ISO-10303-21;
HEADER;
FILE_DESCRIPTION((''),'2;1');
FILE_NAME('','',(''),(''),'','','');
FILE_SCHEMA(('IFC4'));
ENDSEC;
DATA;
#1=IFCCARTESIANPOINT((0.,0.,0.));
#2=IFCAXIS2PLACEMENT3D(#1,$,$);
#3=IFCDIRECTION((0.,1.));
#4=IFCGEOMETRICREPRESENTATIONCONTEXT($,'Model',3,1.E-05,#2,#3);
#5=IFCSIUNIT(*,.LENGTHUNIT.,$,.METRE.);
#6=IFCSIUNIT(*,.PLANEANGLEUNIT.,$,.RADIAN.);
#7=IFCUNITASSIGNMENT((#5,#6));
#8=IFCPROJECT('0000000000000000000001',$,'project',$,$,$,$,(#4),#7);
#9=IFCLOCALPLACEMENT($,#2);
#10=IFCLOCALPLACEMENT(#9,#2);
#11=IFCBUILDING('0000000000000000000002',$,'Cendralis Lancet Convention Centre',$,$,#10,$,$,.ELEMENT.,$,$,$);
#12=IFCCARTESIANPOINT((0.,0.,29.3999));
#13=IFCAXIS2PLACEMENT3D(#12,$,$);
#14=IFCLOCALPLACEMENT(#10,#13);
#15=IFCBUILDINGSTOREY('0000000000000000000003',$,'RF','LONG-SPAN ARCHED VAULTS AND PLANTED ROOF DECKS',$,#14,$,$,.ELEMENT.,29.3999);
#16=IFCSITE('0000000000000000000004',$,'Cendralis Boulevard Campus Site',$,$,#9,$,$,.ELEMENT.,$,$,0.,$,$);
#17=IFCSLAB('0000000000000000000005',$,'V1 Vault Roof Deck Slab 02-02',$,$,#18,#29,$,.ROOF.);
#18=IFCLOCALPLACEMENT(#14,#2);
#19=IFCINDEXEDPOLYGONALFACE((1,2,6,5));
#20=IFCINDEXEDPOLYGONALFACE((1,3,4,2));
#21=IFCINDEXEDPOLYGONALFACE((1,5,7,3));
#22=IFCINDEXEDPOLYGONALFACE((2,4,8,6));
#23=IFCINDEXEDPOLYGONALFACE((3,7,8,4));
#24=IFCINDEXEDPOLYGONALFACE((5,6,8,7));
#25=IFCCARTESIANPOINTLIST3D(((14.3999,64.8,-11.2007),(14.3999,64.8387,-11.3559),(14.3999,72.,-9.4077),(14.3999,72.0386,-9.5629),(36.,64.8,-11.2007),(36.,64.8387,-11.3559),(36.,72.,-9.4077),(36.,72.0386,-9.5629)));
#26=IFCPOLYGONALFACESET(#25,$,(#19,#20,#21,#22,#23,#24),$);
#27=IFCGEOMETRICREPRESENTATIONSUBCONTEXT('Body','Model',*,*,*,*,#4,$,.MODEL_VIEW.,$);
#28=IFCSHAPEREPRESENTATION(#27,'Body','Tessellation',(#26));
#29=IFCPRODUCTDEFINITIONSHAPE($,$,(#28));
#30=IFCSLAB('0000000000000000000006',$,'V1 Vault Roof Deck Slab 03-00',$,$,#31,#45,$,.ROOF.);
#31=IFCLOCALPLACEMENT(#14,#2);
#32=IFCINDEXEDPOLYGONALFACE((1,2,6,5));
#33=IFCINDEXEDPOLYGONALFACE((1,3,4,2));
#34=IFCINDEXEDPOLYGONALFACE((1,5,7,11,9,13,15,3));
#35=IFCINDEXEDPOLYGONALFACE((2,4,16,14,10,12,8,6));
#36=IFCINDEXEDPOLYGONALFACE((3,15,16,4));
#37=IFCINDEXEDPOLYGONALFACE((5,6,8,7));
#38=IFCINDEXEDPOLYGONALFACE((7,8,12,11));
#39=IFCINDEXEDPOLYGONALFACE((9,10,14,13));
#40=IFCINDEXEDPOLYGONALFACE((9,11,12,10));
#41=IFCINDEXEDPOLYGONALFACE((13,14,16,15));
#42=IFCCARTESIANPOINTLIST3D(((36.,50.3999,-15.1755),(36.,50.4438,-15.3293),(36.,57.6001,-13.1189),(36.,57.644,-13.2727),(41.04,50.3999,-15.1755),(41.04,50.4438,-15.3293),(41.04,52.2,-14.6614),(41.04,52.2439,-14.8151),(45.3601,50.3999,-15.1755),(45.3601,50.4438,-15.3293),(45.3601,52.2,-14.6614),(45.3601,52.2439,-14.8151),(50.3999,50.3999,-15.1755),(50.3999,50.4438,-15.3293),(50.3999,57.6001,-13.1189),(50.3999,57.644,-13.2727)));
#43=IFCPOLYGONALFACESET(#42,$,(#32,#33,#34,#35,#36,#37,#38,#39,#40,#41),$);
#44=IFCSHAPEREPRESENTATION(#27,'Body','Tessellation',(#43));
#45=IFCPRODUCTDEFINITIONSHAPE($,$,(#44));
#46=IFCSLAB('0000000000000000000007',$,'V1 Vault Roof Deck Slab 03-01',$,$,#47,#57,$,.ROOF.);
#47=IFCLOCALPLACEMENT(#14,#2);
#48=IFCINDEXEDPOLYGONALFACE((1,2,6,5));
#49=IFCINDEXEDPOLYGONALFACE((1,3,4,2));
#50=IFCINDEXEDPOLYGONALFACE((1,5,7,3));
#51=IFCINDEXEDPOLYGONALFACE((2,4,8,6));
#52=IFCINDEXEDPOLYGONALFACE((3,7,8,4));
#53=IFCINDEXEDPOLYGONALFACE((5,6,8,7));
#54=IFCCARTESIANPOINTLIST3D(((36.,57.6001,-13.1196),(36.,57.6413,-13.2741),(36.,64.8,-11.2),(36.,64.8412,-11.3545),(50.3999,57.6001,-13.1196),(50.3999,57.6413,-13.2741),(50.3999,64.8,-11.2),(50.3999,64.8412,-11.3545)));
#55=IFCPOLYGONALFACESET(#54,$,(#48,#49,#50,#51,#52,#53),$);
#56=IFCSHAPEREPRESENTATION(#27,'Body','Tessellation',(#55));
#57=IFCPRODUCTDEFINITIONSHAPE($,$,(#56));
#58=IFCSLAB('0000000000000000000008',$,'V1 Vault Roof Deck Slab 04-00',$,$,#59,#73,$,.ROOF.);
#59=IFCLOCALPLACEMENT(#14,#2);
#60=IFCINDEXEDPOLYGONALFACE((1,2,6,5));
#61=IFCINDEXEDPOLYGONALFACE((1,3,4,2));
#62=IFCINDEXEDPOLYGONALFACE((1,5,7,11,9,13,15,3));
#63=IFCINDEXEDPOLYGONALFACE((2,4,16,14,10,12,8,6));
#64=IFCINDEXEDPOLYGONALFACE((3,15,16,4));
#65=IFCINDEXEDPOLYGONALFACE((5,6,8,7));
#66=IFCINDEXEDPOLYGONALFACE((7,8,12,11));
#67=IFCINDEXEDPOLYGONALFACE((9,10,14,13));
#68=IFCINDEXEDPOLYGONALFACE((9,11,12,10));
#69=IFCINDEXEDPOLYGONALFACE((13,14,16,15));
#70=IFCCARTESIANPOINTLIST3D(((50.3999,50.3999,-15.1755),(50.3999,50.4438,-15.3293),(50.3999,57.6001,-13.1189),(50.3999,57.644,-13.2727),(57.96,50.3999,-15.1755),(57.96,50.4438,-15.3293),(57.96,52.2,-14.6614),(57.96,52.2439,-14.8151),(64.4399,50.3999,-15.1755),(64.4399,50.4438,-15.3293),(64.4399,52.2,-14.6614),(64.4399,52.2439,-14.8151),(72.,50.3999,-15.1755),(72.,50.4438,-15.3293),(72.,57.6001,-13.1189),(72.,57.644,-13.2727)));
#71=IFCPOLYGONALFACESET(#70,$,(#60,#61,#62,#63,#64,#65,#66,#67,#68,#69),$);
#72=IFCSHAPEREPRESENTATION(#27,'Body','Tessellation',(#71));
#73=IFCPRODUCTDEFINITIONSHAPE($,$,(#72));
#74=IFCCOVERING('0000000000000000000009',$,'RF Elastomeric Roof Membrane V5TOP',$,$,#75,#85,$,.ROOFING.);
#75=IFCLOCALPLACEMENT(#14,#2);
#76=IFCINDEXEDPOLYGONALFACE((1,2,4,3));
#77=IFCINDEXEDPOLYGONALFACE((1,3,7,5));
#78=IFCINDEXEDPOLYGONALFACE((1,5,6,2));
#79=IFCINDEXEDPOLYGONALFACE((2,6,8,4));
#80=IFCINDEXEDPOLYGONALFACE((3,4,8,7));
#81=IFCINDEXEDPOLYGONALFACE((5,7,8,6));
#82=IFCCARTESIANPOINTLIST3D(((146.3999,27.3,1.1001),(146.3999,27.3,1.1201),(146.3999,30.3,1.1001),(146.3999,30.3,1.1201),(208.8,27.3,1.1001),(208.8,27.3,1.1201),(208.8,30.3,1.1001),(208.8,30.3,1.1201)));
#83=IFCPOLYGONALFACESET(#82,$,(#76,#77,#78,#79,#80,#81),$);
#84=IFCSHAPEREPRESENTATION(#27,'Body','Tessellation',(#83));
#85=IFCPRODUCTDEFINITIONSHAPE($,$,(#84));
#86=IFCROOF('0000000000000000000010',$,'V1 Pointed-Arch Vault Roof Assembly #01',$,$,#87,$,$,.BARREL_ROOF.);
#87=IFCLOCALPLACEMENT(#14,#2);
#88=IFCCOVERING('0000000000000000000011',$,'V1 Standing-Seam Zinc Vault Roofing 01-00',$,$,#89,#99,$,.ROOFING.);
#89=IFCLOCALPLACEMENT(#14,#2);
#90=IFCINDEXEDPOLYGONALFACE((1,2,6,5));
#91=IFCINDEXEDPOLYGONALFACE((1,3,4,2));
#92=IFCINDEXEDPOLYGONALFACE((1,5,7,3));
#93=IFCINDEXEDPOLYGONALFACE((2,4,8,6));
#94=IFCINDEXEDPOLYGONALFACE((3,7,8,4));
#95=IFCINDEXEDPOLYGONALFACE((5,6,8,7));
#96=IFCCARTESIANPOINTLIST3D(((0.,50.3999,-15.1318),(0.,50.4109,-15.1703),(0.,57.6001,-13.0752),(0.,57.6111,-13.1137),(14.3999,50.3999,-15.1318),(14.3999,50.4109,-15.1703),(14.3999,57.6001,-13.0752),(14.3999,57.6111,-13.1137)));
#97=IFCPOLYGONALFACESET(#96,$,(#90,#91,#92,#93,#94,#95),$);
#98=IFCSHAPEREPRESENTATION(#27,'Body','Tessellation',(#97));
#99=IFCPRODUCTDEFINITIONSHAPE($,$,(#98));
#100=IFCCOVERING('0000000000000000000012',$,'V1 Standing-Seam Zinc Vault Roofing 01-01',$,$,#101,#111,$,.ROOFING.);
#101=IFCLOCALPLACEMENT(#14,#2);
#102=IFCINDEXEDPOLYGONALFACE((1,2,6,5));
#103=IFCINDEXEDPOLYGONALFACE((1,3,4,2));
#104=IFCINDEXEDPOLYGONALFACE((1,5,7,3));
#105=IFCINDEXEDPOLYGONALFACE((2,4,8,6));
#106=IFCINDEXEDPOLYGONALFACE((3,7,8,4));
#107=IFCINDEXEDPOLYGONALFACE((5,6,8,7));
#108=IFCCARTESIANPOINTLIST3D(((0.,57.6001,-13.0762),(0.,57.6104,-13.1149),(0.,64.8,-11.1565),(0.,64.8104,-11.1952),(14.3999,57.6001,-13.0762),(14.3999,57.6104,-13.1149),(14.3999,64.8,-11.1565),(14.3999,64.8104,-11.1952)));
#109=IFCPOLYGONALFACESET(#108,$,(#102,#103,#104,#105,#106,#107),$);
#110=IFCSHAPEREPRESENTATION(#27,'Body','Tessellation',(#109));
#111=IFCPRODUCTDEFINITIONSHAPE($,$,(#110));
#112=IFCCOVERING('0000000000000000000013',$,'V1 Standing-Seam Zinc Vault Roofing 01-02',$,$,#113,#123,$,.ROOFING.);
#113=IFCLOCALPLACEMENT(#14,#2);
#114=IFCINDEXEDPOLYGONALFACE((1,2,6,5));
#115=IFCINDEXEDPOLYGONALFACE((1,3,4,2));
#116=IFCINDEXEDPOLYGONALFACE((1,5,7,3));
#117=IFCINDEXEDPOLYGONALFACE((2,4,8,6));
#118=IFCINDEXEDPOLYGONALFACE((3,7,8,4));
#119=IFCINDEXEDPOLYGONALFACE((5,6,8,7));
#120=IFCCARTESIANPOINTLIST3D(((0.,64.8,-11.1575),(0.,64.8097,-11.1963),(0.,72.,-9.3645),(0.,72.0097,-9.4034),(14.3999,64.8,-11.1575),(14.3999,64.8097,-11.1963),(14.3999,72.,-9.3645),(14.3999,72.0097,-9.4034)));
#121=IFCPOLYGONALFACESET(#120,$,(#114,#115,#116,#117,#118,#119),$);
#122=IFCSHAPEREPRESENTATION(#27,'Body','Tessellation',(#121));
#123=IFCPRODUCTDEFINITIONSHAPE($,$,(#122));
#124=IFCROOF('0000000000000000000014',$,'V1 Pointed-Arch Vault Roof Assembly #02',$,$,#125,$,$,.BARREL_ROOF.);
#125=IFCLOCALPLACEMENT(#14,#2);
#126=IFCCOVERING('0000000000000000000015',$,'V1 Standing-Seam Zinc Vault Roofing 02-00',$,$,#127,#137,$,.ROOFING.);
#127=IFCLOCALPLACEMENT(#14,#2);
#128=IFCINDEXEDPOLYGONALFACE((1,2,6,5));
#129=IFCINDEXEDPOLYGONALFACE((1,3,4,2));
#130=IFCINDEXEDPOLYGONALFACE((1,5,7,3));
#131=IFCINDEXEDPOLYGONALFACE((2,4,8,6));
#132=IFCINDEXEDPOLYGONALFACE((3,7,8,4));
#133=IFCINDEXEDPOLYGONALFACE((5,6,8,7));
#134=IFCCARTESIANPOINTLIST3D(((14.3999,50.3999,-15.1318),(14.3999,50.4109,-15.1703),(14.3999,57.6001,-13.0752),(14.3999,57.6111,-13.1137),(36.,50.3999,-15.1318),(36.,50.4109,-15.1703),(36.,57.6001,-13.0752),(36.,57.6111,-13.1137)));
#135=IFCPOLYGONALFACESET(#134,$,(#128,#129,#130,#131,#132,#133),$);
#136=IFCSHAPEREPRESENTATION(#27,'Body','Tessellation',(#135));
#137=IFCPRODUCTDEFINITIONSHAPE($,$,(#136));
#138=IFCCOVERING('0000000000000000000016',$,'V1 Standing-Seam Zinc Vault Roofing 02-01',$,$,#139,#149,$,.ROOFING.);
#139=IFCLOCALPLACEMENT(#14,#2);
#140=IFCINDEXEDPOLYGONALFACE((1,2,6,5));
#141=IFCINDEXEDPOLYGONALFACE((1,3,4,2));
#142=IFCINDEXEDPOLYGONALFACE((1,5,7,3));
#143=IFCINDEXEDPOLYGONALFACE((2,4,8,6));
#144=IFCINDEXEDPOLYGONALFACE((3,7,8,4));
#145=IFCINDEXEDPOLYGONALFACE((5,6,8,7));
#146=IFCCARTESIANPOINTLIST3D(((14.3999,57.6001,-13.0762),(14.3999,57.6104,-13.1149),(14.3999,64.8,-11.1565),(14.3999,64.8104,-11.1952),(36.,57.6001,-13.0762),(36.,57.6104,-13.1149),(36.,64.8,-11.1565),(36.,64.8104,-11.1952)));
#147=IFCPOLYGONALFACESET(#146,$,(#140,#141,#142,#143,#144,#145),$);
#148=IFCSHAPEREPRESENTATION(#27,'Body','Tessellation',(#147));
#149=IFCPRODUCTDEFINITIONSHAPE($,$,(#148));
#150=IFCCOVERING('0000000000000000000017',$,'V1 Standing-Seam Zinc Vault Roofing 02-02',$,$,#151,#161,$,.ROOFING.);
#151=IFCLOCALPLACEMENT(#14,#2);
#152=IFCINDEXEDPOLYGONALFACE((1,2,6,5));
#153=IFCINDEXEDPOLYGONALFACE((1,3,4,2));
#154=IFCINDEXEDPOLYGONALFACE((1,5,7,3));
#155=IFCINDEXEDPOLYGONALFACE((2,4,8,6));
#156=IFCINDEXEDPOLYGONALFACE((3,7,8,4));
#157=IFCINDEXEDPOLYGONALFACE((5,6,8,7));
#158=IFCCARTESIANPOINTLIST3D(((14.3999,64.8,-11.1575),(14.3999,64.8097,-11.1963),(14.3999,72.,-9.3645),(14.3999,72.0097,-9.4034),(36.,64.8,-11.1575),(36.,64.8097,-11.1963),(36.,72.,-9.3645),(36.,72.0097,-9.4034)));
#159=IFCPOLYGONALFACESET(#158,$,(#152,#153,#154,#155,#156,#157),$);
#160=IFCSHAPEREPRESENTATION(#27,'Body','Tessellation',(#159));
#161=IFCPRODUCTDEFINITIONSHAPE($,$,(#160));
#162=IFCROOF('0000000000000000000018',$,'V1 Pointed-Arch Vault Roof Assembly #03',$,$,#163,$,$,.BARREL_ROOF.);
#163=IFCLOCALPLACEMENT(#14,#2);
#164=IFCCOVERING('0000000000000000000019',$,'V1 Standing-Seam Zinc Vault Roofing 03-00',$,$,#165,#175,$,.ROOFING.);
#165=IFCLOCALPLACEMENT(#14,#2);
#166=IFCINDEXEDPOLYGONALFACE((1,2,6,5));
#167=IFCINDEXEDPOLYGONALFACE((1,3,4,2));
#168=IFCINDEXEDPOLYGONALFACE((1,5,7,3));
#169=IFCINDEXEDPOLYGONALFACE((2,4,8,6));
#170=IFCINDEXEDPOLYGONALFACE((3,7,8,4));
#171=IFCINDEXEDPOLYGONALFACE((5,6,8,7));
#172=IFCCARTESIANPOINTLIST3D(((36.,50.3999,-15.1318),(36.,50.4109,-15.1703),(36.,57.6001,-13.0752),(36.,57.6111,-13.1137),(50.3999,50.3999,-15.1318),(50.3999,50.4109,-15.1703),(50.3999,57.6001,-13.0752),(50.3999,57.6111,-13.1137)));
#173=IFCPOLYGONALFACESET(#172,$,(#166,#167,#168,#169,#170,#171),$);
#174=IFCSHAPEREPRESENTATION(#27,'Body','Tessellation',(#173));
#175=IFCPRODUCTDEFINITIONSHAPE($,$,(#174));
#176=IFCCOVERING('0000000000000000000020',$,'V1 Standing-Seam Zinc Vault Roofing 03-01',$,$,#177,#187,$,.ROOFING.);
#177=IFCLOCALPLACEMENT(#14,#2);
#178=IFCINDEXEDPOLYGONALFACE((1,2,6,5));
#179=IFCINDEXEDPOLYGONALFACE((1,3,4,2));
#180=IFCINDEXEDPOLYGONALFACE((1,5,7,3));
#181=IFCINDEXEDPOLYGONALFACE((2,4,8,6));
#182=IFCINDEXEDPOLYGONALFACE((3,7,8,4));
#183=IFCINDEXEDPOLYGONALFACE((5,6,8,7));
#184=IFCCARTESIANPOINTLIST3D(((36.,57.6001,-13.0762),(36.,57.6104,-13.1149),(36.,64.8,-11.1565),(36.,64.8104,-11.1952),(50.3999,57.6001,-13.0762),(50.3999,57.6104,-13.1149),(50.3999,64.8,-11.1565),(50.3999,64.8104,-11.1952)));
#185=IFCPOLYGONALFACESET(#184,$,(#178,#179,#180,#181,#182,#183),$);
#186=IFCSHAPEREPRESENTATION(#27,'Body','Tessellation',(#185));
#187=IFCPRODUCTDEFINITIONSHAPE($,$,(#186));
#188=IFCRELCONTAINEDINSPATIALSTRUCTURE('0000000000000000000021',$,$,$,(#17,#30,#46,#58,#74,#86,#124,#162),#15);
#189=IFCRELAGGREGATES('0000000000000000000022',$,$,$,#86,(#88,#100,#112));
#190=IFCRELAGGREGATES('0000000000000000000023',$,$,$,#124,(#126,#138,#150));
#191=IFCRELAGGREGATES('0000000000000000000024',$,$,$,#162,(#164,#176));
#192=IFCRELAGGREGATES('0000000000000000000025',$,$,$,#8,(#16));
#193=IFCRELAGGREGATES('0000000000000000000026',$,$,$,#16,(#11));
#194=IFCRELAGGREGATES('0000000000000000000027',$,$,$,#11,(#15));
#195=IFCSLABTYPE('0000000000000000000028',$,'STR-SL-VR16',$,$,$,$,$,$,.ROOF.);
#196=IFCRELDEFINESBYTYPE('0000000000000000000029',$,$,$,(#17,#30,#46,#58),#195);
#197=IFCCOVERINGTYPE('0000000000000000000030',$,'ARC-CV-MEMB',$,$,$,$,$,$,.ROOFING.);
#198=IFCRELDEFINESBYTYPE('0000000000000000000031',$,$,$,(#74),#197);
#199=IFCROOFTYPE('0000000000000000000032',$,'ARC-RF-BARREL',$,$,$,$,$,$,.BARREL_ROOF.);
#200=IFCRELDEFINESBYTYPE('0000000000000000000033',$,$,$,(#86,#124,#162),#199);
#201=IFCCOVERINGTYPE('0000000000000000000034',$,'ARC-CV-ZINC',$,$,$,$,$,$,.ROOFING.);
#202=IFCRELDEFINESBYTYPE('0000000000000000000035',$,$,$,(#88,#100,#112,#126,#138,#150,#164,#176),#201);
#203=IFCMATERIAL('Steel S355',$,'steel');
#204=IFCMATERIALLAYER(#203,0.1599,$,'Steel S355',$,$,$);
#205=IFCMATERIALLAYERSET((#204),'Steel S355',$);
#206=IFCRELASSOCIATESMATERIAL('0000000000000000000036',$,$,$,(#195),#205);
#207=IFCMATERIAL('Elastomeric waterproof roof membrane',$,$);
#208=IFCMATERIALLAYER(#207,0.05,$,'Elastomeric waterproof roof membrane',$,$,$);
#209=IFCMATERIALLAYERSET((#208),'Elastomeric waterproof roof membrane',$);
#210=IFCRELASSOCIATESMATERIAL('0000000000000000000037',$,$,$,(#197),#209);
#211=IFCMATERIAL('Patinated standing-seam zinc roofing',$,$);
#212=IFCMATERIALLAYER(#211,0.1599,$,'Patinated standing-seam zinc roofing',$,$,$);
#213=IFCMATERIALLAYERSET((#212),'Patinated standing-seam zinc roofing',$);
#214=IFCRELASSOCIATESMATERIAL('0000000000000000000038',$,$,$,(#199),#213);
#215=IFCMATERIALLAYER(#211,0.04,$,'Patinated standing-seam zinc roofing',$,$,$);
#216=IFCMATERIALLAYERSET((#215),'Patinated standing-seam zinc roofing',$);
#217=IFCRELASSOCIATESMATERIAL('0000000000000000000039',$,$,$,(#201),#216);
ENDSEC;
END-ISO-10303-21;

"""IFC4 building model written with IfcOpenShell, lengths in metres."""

from ifc_helpers import new_model, si_unit, direction, frame, origin, place, context, subcontext, project, spatial, polyline, outline, extrude, material, layer, layer_set, type_object, element, aggregate, save


model = new_model("IFC4")

# Units and contexts
model_context = context("Model", 3, precision=1e-05, world=origin(), true_north=direction((0.0, 1.0)))
body_context = subcontext(model_context, "Body", "Model", "MODEL_VIEW")
ifc_project = project(units=[si_unit("LENGTHUNIT", "METRE"), si_unit("PLANEANGLEUNIT", "RADIAN")], contexts=[model_context])

# Site, building, storey
site_placement = place(None, origin())
site = spatial("IfcSite", under=ifc_project, at=site_placement, Name="Cendralis Boulevard Campus Site", CompositionType="ELEMENT", RefElevation=0.0)
building_placement = place(site_placement, origin())
building = spatial("IfcBuilding", under=site, at=building_placement, Name="Cendralis Lancet Convention Centre", CompositionType="ELEMENT")
storey_placement = place(building_placement, frame((0.0, 0.0, 29.3999)))
storey = spatial("IfcBuildingStorey", under=building, at=storey_placement, Name="RF", Description="LONG-SPAN ARCHED VAULTS AND PLANTED ROOF DECKS", CompositionType="ELEMENT", Elevation=29.3999)

# Slabs
ifc_material_1 = material(Name="Steel S355", Category="steel")
ifc_layer_1 = layer(ifc_material_1, 0.1599, Name="Steel S355")
ifc_layer_set_1 = layer_set([ifc_layer_1], Name="Steel S355")
slab_type_1 = type_object("IfcSlabType", Name="STR-SL-VR16", PredefinedType="ROOF", material=ifc_layer_set_1)
slab_1_placement = place(storey_placement, frame((14.3999, 64.8, -11.2007), z_axis=(0.0, -0.241645, 0.970365), x_axis=(1.0, 0.0, 0.0)))
element("IfcSlab", 1, at=slab_1_placement, inside=storey, type_object=slab_type_1, Name="V1 Vault Roof Deck Slab 02-02", PredefinedType="ROOF", context=body_context, shape_type="SweptSolid", body=[
    extrude(outline(polyline([(0.0, 0.0), (21.6001, 0.0), (21.6001, 7.4198), (0.0, 7.4198), (0.0, 0.0)])), origin(), (0.0, 0.0, -1.0), 0.1599),
])
slab_2_placement = place(storey_placement, frame((36.0, 50.3999, -15.1755), z_axis=(0.0, -0.274652, 0.961544), x_axis=(1.0, 0.0, 0.0)))
element("IfcSlab", 2, at=slab_2_placement, inside=storey, type_object=slab_type_1, Name="V1 Vault Roof Deck Slab 03-00", PredefinedType="ROOF", context=body_context, shape_type="SweptSolid", body=[
    extrude(outline(polyline([(0.0, 0.0), (5.04, 0.0), (5.04, 1.872), (9.3601, 1.872), (9.3601, 0.0), (14.3999, 0.0), (14.3999, 7.4882), (0.0, 7.4882), (0.0, 0.0)])), origin(), (0.0, 0.0, -1.0), 0.1599),
])
slab_3_placement = place(storey_placement, frame((36.0, 57.6001, -13.1196), z_axis=(0.0, -0.257624, 0.966245), x_axis=(1.0, 0.0, 0.0)))
element("IfcSlab", 3, at=slab_3_placement, inside=storey, type_object=slab_type_1, Name="V1 Vault Roof Deck Slab 03-01", PredefinedType="ROOF", context=body_context, shape_type="SweptSolid", body=[
    extrude(outline(polyline([(0.0, 0.0), (14.3999, 0.0), (14.3999, 7.4515), (0.0, 7.4515), (0.0, 0.0)])), origin(), (0.0, 0.0, -1.0), 0.1599),
])
slab_4_placement = place(storey_placement, frame((50.3999, 50.3999, -15.1755), z_axis=(0.0, -0.274652, 0.961544), x_axis=(1.0, 0.0, 0.0)))
element("IfcSlab", 4, at=slab_4_placement, inside=storey, type_object=slab_type_1, Name="V1 Vault Roof Deck Slab 04-00", PredefinedType="ROOF", context=body_context, shape_type="SweptSolid", body=[
    extrude(outline(polyline([(0.0, 0.0), (7.5601, 0.0), (7.5601, 1.872), (14.04, 1.872), (14.04, 0.0), (21.6001, 0.0), (21.6001, 7.4882), (0.0, 7.4882), (0.0, 0.0)])), origin(), (0.0, 0.0, -1.0), 0.1599),
])

# Covering
ifc_material_2 = material(Name="Elastomeric waterproof roof membrane")
ifc_layer_2 = layer(ifc_material_2, 0.05, Name="Elastomeric waterproof roof membrane")
ifc_layer_set_2 = layer_set([ifc_layer_2], Name="Elastomeric waterproof roof membrane")
covering_type_1 = type_object("IfcCoveringType", Name="ARC-CV-MEMB", PredefinedType="ROOFING", material=ifc_layer_set_2)
covering_1_placement = place(storey_placement, frame((0.0, 0.0, 1.1001)))
element("IfcCovering", 5, at=covering_1_placement, inside=storey, type_object=covering_type_1, Name="RF Elastomeric Roof Membrane V5TOP", PredefinedType="ROOFING", context=body_context, shape_type="SweptSolid", body=[
    extrude(outline(polyline([(146.3999, 27.3), (208.8, 27.3), (208.8, 30.3), (146.3999, 30.3), (146.3999, 27.3)])), origin(), (0.0, 0.0, 1.0), 0.02),
])

# Roofs, coverings
ifc_material_3 = material(Name="Patinated standing-seam zinc roofing")
ifc_layer_3 = layer(ifc_material_3, 0.1599, Name="Patinated standing-seam zinc roofing")
ifc_layer_set_3 = layer_set([ifc_layer_3], Name="Patinated standing-seam zinc roofing")
roof_type = type_object("IfcRoofType", Name="ARC-RF-BARREL", PredefinedType="BARREL_ROOF", material=ifc_layer_set_3)
roof_1_placement = place(storey_placement, origin())
roof_1 = element("IfcRoof", 6, at=roof_1_placement, inside=storey, type_object=roof_type, Name="V1 Pointed-Arch Vault Roof Assembly #01", PredefinedType="BARREL_ROOF")
ifc_layer_4 = layer(ifc_material_3, 0.04, Name="Patinated standing-seam zinc roofing")
ifc_layer_set_4 = layer_set([ifc_layer_4], Name="Patinated standing-seam zinc roofing")
covering_type_2 = type_object("IfcCoveringType", Name="ARC-CV-ZINC", PredefinedType="ROOFING", material=ifc_layer_set_4)
covering_2_placement = place(storey_placement, frame((0.0, 50.3999, -15.1318), z_axis=(0.0, -0.274652, 0.961544), x_axis=(1.0, 0.0, 0.0)))
covering_2 = element("IfcCovering", 7, at=covering_2_placement, type_object=covering_type_2, Name="V1 Standing-Seam Zinc Vault Roofing 01-00", PredefinedType="ROOFING", context=body_context, shape_type="SweptSolid", body=[
    extrude(outline(polyline([(0.0, 0.0), (14.3999, 0.0), (14.3999, 7.4882), (0.0, 7.4882), (0.0, 0.0)])), origin(), (0.0, 0.0, -1.0), 0.04),
])
covering_3_placement = place(storey_placement, frame((0.0, 57.6001, -13.0762), z_axis=(0.0, -0.257624, 0.966245), x_axis=(1.0, 0.0, 0.0)))
covering_3 = element("IfcCovering", 8, at=covering_3_placement, type_object=covering_type_2, Name="V1 Standing-Seam Zinc Vault Roofing 01-01", PredefinedType="ROOFING", context=body_context, shape_type="SweptSolid", body=[
    extrude(outline(polyline([(0.0, 0.0), (14.3999, 0.0), (14.3999, 7.4515), (0.0, 7.4515), (0.0, 0.0)])), origin(), (0.0, 0.0, -1.0), 0.04),
])
covering_4_placement = place(storey_placement, frame((0.0, 64.8, -11.1575), z_axis=(0.0, -0.241645, 0.970365), x_axis=(1.0, 0.0, 0.0)))
covering_4 = element("IfcCovering", 9, at=covering_4_placement, type_object=covering_type_2, Name="V1 Standing-Seam Zinc Vault Roofing 01-02", PredefinedType="ROOFING", context=body_context, shape_type="SweptSolid", body=[
    extrude(outline(polyline([(0.0, 0.0), (14.3999, 0.0), (14.3999, 7.4198), (0.0, 7.4198), (0.0, 0.0)])), origin(), (0.0, 0.0, -1.0), 0.04),
])
aggregate(roof_1, [covering_2, covering_3, covering_4])
roof_2_placement = place(storey_placement, origin())
roof_2 = element("IfcRoof", 10, at=roof_2_placement, inside=storey, type_object=roof_type, Name="V1 Pointed-Arch Vault Roof Assembly #02", PredefinedType="BARREL_ROOF")
covering_5_placement = place(storey_placement, frame((14.3999, 50.3999, -15.1318), z_axis=(0.0, -0.274652, 0.961544), x_axis=(1.0, 0.0, 0.0)))
covering_5 = element("IfcCovering", 11, at=covering_5_placement, type_object=covering_type_2, Name="V1 Standing-Seam Zinc Vault Roofing 02-00", PredefinedType="ROOFING", context=body_context, shape_type="SweptSolid", body=[
    extrude(outline(polyline([(0.0, 0.0), (21.6001, 0.0), (21.6001, 7.4882), (0.0, 7.4882), (0.0, 0.0)])), origin(), (0.0, 0.0, -1.0), 0.04),
])
covering_6_placement = place(storey_placement, frame((14.3999, 57.6001, -13.0762), z_axis=(0.0, -0.257624, 0.966245), x_axis=(1.0, 0.0, 0.0)))
covering_6 = element("IfcCovering", 12, at=covering_6_placement, type_object=covering_type_2, Name="V1 Standing-Seam Zinc Vault Roofing 02-01", PredefinedType="ROOFING", context=body_context, shape_type="SweptSolid", body=[
    extrude(outline(polyline([(0.0, 0.0), (21.6001, 0.0), (21.6001, 7.4515), (0.0, 7.4515), (0.0, 0.0)])), origin(), (0.0, 0.0, -1.0), 0.04),
])
covering_7_placement = place(storey_placement, frame((14.3999, 64.8, -11.1575), z_axis=(0.0, -0.241645, 0.970365), x_axis=(1.0, 0.0, 0.0)))
covering_7 = element("IfcCovering", 13, at=covering_7_placement, type_object=covering_type_2, Name="V1 Standing-Seam Zinc Vault Roofing 02-02", PredefinedType="ROOFING", context=body_context, shape_type="SweptSolid", body=[
    extrude(outline(polyline([(0.0, 0.0), (21.6001, 0.0), (21.6001, 7.4198), (0.0, 7.4198), (0.0, 0.0)])), origin(), (0.0, 0.0, -1.0), 0.04),
])
aggregate(roof_2, [covering_5, covering_6, covering_7])
roof_3_placement = place(storey_placement, origin())
roof_3 = element("IfcRoof", 14, at=roof_3_placement, inside=storey, type_object=roof_type, Name="V1 Pointed-Arch Vault Roof Assembly #03", PredefinedType="BARREL_ROOF")
covering_8_placement = place(storey_placement, frame((36.0, 50.3999, -15.1318), z_axis=(0.0, -0.274652, 0.961544), x_axis=(1.0, 0.0, 0.0)))
covering_8 = element("IfcCovering", 15, at=covering_8_placement, type_object=covering_type_2, Name="V1 Standing-Seam Zinc Vault Roofing 03-00", PredefinedType="ROOFING", context=body_context, shape_type="SweptSolid", body=[
    extrude(outline(polyline([(0.0, 0.0), (14.3999, 0.0), (14.3999, 7.4882), (0.0, 7.4882), (0.0, 0.0)])), origin(), (0.0, 0.0, -1.0), 0.04),
])
covering_9_placement = place(storey_placement, frame((36.0, 57.6001, -13.0762), z_axis=(0.0, -0.257624, 0.966245), x_axis=(1.0, 0.0, 0.0)))
covering_9 = element("IfcCovering", 16, at=covering_9_placement, type_object=covering_type_2, Name="V1 Standing-Seam Zinc Vault Roofing 03-01", PredefinedType="ROOFING", context=body_context, shape_type="SweptSolid", body=[
    extrude(outline(polyline([(0.0, 0.0), (14.3999, 0.0), (14.3999, 7.4515), (0.0, 7.4515), (0.0, 0.0)])), origin(), (0.0, 0.0, -1.0), 0.04),
])
aggregate(roof_3, [covering_8, covering_9])

save(model, "model.ifc")
